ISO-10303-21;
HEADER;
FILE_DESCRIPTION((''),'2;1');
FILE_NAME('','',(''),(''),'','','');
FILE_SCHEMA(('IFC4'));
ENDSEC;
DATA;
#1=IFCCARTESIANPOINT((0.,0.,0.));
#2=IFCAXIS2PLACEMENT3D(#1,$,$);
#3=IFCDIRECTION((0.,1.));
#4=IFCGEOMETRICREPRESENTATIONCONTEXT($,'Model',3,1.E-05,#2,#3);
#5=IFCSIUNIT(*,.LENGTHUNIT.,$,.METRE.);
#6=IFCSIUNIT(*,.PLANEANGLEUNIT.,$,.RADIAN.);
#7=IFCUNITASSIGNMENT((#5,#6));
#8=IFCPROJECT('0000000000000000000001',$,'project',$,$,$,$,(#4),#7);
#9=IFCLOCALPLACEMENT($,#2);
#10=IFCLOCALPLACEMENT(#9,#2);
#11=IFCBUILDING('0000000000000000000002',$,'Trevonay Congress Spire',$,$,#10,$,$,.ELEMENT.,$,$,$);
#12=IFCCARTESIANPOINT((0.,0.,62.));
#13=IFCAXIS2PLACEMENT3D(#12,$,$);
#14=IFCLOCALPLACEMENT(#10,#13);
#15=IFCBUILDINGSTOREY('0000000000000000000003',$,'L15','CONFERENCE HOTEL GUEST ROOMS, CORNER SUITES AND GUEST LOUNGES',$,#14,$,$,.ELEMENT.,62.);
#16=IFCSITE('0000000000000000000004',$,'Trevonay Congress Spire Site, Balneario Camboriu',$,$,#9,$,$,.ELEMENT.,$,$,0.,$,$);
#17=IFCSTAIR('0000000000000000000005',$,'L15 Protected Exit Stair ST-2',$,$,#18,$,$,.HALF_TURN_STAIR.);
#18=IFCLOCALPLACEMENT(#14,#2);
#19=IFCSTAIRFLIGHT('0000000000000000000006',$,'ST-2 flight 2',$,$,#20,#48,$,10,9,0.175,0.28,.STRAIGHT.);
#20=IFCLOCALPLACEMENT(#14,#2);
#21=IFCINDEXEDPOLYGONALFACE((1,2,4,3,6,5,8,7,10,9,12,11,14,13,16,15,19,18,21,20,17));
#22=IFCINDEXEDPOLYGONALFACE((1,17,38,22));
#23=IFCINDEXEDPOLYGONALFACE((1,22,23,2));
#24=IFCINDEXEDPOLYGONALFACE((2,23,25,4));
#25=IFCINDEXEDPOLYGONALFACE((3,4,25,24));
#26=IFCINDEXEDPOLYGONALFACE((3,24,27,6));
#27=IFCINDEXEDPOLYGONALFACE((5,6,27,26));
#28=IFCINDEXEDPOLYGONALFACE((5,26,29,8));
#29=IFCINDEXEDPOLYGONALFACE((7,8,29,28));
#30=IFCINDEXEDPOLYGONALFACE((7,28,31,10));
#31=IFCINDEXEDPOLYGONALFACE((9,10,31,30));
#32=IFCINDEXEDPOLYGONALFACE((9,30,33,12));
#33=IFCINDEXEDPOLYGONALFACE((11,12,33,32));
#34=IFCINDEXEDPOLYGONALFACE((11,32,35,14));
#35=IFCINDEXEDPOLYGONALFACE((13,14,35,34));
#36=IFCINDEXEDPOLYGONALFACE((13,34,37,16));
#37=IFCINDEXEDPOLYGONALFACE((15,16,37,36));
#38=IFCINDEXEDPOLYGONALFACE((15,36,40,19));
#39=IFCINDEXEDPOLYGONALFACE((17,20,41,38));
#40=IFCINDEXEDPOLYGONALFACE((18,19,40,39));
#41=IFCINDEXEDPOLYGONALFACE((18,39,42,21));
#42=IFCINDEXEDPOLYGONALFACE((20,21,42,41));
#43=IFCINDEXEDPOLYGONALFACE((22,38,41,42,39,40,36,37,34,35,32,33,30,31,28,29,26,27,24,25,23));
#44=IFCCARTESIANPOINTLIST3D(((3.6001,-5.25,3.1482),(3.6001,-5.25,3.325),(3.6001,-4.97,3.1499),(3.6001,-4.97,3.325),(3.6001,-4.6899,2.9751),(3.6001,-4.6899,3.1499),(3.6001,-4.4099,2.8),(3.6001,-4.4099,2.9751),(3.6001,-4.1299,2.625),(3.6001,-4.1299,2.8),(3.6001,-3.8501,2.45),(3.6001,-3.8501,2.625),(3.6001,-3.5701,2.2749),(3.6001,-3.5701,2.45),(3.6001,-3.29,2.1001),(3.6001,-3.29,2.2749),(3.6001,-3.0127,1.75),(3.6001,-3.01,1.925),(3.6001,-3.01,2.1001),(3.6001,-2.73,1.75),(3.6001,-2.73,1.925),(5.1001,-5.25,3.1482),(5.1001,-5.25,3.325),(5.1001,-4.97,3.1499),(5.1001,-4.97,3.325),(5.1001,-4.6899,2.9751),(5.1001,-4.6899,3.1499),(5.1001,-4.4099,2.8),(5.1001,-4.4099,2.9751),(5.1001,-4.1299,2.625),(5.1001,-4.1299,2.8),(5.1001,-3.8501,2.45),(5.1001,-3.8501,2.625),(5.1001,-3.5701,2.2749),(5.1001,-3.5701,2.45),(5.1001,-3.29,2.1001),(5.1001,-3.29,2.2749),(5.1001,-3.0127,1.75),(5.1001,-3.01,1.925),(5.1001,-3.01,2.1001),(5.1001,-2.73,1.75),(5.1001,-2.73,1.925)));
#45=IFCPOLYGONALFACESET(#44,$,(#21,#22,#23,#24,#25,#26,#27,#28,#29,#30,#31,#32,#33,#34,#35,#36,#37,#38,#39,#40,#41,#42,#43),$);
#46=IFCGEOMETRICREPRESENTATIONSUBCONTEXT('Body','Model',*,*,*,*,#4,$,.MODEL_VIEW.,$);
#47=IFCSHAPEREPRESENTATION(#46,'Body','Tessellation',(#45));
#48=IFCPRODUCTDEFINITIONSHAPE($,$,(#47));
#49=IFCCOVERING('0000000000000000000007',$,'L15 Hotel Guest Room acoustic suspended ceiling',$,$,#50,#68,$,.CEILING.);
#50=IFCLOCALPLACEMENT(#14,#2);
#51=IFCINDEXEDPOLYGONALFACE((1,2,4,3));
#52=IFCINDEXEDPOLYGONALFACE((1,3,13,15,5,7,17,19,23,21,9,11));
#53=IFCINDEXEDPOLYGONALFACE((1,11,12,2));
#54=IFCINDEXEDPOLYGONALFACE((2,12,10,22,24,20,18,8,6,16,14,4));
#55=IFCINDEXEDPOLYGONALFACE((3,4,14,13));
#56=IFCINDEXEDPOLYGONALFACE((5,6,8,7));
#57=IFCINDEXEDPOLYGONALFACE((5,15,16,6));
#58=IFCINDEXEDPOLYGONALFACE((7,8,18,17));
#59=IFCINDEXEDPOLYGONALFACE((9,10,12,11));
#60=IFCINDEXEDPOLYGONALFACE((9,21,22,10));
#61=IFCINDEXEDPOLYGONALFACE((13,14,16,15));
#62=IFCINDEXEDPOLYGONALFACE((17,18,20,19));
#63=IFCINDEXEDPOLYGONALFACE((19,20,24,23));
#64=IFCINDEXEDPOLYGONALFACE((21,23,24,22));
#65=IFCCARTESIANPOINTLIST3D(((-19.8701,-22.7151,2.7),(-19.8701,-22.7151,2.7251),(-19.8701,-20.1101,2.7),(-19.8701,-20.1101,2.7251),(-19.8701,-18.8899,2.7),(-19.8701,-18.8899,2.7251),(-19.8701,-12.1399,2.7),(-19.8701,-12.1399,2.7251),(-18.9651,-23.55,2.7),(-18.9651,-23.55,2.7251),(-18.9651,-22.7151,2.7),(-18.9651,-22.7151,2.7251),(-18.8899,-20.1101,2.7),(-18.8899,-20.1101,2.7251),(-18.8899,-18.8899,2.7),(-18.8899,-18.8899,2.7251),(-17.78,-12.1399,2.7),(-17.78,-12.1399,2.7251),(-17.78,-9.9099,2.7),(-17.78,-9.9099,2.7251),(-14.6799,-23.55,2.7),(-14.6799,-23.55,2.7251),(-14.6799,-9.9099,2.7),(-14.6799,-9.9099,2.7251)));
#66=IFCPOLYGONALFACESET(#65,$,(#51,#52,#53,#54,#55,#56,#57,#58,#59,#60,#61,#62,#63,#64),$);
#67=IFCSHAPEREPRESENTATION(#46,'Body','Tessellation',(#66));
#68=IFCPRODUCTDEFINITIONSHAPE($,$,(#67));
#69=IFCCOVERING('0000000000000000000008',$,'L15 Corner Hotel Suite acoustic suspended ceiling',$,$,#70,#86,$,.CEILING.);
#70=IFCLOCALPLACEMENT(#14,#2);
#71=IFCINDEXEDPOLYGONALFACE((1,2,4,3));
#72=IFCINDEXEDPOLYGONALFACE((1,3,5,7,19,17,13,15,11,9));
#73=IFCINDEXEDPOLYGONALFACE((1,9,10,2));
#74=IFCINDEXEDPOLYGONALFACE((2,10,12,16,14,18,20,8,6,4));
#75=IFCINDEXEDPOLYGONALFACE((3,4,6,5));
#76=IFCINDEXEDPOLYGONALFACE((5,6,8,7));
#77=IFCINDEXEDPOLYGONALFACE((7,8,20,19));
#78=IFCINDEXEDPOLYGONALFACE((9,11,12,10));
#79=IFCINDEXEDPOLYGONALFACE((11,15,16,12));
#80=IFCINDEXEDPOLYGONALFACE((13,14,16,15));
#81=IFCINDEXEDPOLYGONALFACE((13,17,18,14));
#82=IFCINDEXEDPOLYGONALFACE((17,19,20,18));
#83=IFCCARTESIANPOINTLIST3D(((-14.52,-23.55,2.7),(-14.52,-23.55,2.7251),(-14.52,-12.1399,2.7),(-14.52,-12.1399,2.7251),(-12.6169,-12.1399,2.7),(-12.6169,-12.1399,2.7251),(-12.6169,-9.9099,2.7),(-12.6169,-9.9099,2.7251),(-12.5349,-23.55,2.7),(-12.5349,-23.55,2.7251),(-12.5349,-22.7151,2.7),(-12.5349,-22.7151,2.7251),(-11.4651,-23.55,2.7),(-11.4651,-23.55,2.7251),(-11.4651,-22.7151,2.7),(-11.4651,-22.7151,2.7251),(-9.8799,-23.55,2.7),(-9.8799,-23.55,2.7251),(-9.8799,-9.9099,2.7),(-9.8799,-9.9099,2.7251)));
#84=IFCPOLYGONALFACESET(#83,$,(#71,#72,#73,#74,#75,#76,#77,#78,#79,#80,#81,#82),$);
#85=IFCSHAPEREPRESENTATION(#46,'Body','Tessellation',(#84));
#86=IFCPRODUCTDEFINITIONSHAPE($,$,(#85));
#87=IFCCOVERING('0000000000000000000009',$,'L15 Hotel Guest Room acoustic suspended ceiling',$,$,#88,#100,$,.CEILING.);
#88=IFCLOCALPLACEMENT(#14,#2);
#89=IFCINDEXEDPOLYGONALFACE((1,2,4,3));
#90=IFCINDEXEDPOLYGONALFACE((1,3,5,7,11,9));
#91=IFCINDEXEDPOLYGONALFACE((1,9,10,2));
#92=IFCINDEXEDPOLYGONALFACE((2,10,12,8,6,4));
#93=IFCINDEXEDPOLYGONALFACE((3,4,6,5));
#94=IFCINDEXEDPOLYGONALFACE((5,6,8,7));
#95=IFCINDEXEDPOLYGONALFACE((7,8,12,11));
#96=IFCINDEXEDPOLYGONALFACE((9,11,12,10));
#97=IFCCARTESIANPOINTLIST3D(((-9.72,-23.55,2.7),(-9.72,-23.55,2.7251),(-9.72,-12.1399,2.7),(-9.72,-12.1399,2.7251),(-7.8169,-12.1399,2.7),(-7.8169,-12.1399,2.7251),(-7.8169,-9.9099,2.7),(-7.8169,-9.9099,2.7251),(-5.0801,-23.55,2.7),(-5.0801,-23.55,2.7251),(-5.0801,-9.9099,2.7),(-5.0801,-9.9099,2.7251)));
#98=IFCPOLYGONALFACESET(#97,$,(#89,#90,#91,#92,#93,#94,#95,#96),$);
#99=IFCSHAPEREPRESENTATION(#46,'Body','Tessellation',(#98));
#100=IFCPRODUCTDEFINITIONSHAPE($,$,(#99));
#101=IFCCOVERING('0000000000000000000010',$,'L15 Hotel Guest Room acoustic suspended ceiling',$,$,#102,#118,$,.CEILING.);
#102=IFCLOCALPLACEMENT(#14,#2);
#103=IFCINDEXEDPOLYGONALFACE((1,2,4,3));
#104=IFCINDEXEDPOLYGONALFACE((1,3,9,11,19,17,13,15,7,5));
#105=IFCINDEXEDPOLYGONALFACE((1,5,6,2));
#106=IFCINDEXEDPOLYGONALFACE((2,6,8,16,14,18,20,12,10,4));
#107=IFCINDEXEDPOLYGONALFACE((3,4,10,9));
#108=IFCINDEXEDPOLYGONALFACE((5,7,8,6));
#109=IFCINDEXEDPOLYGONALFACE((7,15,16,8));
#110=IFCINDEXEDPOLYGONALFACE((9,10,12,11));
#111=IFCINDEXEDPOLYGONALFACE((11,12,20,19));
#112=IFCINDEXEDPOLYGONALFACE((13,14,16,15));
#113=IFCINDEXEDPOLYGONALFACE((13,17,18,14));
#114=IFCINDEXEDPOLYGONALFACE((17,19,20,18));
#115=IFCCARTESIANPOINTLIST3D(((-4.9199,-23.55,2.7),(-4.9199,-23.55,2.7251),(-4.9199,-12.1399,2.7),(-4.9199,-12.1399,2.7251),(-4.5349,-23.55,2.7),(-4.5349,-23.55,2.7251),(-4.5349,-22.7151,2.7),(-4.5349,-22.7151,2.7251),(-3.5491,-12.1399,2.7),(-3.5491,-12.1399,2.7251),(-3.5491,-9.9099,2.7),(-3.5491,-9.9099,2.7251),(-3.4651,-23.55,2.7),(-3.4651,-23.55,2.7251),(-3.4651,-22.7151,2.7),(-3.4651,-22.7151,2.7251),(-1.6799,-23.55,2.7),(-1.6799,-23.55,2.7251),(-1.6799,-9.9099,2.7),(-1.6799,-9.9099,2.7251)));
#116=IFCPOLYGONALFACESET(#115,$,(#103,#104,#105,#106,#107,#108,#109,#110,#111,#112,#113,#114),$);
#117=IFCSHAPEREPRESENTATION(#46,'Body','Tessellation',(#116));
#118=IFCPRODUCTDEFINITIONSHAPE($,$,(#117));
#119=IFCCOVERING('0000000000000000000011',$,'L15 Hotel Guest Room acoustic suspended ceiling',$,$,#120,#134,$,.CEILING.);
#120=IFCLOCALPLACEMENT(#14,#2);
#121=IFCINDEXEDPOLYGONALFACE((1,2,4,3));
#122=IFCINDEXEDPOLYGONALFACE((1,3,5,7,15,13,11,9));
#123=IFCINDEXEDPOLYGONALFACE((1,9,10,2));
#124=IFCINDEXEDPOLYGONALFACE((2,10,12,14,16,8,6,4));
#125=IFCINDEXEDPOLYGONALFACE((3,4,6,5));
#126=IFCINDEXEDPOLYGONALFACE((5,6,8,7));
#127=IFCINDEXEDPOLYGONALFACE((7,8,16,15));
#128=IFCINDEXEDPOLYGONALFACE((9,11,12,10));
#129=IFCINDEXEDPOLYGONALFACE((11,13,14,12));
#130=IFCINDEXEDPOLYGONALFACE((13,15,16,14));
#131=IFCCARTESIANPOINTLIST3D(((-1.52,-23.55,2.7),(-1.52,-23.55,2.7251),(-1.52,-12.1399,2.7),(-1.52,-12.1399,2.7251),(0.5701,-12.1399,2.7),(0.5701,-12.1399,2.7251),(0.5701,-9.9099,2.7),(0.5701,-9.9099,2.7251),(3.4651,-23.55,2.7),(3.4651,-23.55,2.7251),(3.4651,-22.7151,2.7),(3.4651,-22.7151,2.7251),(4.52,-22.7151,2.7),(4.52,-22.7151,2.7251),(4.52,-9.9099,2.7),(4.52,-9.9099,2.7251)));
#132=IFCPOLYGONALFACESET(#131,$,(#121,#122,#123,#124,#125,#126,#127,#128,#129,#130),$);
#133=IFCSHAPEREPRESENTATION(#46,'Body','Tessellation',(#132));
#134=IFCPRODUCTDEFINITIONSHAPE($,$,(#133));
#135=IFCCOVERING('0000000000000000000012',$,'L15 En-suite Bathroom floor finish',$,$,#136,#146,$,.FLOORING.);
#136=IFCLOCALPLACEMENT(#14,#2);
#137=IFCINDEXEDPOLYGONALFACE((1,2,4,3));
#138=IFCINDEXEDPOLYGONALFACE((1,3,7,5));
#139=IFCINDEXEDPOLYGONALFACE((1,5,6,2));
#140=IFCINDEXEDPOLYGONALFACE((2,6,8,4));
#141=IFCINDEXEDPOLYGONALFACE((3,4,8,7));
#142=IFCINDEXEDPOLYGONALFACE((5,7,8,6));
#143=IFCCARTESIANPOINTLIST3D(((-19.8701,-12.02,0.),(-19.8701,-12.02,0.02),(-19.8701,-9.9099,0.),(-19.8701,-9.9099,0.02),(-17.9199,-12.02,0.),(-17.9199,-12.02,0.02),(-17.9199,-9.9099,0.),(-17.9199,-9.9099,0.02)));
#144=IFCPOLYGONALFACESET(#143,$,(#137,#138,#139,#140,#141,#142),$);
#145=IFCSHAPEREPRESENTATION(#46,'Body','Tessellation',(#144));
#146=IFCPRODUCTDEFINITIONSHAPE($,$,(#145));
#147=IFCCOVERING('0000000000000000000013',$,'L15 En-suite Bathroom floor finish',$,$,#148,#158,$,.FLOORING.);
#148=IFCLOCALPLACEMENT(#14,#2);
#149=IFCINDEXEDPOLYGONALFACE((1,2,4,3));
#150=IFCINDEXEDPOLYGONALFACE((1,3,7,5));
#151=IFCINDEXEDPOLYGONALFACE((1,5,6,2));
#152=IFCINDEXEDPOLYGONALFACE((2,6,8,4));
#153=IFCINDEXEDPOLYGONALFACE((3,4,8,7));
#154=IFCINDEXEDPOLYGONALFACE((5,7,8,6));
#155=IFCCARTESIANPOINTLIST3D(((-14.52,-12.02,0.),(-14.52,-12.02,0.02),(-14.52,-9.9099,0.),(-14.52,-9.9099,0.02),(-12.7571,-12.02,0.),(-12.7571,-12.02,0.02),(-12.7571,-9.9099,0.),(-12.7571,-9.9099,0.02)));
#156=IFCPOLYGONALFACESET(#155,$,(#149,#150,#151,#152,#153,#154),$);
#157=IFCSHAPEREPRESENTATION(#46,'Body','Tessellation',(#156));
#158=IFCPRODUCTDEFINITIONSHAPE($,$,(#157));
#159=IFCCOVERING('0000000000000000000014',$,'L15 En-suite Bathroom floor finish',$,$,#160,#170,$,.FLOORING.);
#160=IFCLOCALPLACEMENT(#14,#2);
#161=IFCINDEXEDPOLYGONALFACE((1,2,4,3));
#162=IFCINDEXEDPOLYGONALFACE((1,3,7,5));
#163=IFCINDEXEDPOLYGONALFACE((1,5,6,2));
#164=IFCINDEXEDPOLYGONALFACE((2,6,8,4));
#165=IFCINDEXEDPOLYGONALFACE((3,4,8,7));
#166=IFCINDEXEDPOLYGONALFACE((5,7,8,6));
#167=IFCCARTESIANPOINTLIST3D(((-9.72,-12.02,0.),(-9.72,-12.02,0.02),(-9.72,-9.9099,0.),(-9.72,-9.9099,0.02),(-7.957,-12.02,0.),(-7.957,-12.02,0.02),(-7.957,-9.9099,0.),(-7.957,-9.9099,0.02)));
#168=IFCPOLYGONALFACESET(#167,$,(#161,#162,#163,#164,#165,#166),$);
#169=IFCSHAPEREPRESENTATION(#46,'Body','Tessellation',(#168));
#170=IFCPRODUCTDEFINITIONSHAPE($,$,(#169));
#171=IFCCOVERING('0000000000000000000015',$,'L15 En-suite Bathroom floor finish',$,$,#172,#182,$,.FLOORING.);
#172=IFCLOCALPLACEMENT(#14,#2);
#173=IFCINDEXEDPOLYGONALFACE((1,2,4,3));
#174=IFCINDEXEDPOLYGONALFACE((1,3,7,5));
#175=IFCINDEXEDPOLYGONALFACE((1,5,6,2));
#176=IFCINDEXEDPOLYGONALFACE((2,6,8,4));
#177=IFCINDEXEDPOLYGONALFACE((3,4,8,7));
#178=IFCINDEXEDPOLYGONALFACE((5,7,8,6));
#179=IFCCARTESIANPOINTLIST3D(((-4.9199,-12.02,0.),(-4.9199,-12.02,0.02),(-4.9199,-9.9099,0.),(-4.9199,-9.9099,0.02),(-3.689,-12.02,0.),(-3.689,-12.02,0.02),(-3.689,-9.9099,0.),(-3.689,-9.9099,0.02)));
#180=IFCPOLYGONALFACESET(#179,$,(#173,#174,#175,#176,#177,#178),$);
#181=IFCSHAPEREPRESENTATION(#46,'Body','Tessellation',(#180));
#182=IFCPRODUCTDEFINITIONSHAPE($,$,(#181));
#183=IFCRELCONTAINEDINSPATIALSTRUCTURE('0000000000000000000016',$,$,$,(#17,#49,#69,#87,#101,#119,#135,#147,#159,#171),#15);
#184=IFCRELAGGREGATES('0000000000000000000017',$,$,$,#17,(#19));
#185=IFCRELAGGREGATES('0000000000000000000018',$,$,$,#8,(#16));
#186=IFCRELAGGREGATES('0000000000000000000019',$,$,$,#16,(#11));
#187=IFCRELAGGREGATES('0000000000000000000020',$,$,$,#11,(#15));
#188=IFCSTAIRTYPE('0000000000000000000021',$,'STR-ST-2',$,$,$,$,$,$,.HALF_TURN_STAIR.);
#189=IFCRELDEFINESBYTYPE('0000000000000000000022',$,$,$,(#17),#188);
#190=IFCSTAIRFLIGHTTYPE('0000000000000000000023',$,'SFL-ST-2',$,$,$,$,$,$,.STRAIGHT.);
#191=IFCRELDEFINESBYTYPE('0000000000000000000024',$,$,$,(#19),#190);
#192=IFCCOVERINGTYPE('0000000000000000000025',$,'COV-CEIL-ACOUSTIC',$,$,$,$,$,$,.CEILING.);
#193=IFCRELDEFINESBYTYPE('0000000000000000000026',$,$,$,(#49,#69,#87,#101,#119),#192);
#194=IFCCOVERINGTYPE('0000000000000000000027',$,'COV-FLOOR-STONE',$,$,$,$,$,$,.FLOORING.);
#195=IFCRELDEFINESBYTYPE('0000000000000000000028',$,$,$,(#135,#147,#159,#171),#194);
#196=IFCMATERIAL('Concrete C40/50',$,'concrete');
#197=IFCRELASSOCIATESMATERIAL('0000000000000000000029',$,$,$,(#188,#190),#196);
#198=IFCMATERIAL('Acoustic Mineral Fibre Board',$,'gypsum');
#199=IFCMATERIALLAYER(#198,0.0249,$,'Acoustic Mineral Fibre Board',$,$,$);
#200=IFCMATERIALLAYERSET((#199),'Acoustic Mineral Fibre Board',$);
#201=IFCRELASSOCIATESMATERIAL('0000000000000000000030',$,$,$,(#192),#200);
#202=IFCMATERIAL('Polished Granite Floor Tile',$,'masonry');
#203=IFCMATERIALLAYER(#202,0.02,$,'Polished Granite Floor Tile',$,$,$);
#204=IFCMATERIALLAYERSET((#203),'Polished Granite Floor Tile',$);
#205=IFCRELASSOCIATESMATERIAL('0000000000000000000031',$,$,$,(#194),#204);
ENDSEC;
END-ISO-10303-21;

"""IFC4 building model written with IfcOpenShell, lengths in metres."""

from ifc_helpers import new_model, si_unit, direction, frame, origin, place, context, subcontext, project, spatial, polyline, outline, extrude, material, layer, layer_set, type_object, element, aggregate, save


model = new_model("IFC4")

# Units and contexts
model_context = context("Model", 3, precision=1e-05, world=origin(), true_north=direction((0.0, 1.0)))
body_context = subcontext(model_context, "Body", "Model", "MODEL_VIEW")
ifc_project = project(units=[si_unit("LENGTHUNIT", "METRE"), si_unit("PLANEANGLEUNIT", "RADIAN")], contexts=[model_context])

# Site, building, storey
site_placement = place(None, origin())
site = spatial("IfcSite", under=ifc_project, at=site_placement, Name="Trevonay Congress Spire Site, Balneario Camboriu", CompositionType="ELEMENT", RefElevation=0.0)
building_placement = place(site_placement, origin())
building = spatial("IfcBuilding", under=site, at=building_placement, Name="Trevonay Congress Spire", CompositionType="ELEMENT")
storey_placement = place(building_placement, frame((0.0, 0.0, 62.0)))
storey = spatial("IfcBuildingStorey", under=building, at=storey_placement, Name="L15", Description="CONFERENCE HOTEL GUEST ROOMS, CORNER SUITES AND GUEST LOUNGES", CompositionType="ELEMENT", Elevation=62.0)

# Shared definitions
ifc_material_1 = material(Name="Concrete C40/50", Category="concrete")

# Stair, stair flight
stair_type = type_object("IfcStairType", Name="STR-ST-2", PredefinedType="HALF_TURN_STAIR", material=ifc_material_1)
stair_placement = place(storey_placement, origin())
stair = element("IfcStair", 1, at=stair_placement, inside=storey, type_object=stair_type, Name="L15 Protected Exit Stair ST-2", PredefinedType="HALF_TURN_STAIR")
stair_flight_type = type_object("IfcStairFlightType", Name="SFL-ST-2", PredefinedType="STRAIGHT", material=ifc_material_1)
stair_flight_1_placement = place(storey_placement, frame((4.3501, -2.73, 1.75), z_axis=(0.0, 0.0, 1.0), x_axis=(0.0, -1.0, 0.0)))
stair_flight_1 = element("IfcStairFlight", 2, at=stair_flight_1_placement, type_object=stair_flight_type, Name="ST-2 flight 2", NumberOfRisers=10, NumberOfTreads=9, PredefinedType="STRAIGHT", RiserHeight=0.175, TreadLength=0.28, context=body_context, shape_type="SweptSolid", body=[
    extrude(outline(polyline([(0.0, 0.0), (0.0, 0.175), (0.28, 0.175), (0.28, 0.3501), (0.5601, 0.3501), (0.5601, 0.5249), (0.8401, 0.5249), (0.8401, 0.7), (1.1201, 0.7), (1.1201, 0.875), (1.3999, 0.875), (1.3999, 1.05), (1.6799, 1.05), (1.6799, 1.2251), (1.96, 1.2251), (1.96, 1.3999), (2.24, 1.3999), (2.24, 1.575), (2.52, 1.575), (2.52, 1.75), (2.52, 1.3982), (0.2827, 0.0), (0.0, 0.0)])), frame((0.0, 0.75, 0.0), z_axis=(0.0, -1.0, 0.0), x_axis=(1.0, 0.0, 0.0)), (0.0, 0.0, 1.0), 1.5),
])
aggregate(stair, [stair_flight_1])

# Coverings
ifc_material_2 = material(Name="Acoustic Mineral Fibre Board", Category="gypsum")
ifc_layer_1 = layer(ifc_material_2, 0.0249, Name="Acoustic Mineral Fibre Board")
ifc_layer_set_1 = layer_set([ifc_layer_1], Name="Acoustic Mineral Fibre Board")
covering_type_1 = type_object("IfcCoveringType", Name="COV-CEIL-ACOUSTIC", PredefinedType="CEILING", material=ifc_layer_set_1)
covering_1_placement = place(storey_placement, frame((0.0, 0.0, 2.7)))
element("IfcCovering", 3, at=covering_1_placement, inside=storey, type_object=covering_type_1, Name="L15 Hotel Guest Room acoustic suspended ceiling", PredefinedType="CEILING", context=body_context, shape_type="SweptSolid", body=[
    extrude(outline(polyline([(-19.8701, -12.1399), (-17.78, -12.1399), (-17.78, -9.9099), (-14.6799, -9.9099), (-14.6799, -23.55), (-18.9651, -23.55), (-18.9651, -22.7151), (-19.8701, -22.7151), (-19.8701, -20.1101), (-18.8899, -20.1101), (-18.8899, -18.8899), (-19.8701, -18.8899), (-19.8701, -12.1399)])), origin(), (0.0, 0.0, 1.0), 0.0251),
])
covering_2_placement = place(storey_placement, frame((0.0, 0.0, 2.7)))
element("IfcCovering", 4, at=covering_2_placement, inside=storey, type_object=covering_type_1, Name="L15 Corner Hotel Suite acoustic suspended ceiling", PredefinedType="CEILING", context=body_context, shape_type="SweptSolid", body=[
    extrude(outline(polyline([(-14.52, -23.55), (-14.52, -12.1399), (-12.6169, -12.1399), (-12.6169, -9.9099), (-9.8799, -9.9099), (-9.8799, -23.55), (-11.4651, -23.55), (-11.4651, -22.7151), (-12.5349, -22.7151), (-12.5349, -23.55), (-14.52, -23.55)])), origin(), (0.0, 0.0, 1.0), 0.0251),
])
covering_3_placement = place(storey_placement, frame((0.0, 0.0, 2.7)))
element("IfcCovering", 5, at=covering_3_placement, inside=storey, type_object=covering_type_1, Name="L15 Hotel Guest Room acoustic suspended ceiling", PredefinedType="CEILING", context=body_context, shape_type="SweptSolid", body=[
    extrude(outline(polyline([(-9.72, -23.55), (-5.0801, -23.55), (-5.0801, -9.9099), (-7.8169, -9.9099), (-7.8169, -12.1399), (-9.72, -12.1399), (-9.72, -23.55)])), origin(), (0.0, 0.0, 1.0), 0.0251),
])
covering_4_placement = place(storey_placement, frame((0.0, 0.0, 2.7)))
element("IfcCovering", 6, at=covering_4_placement, inside=storey, type_object=covering_type_1, Name="L15 Hotel Guest Room acoustic suspended ceiling", PredefinedType="CEILING", context=body_context, shape_type="SweptSolid", body=[
    extrude(outline(polyline([(-4.9199, -23.55), (-4.9199, -12.1399), (-3.5491, -12.1399), (-3.5491, -9.9099), (-1.6799, -9.9099), (-1.6799, -23.55), (-3.4651, -23.55), (-3.4651, -22.7151), (-4.5349, -22.7151), (-4.5349, -23.55), (-4.9199, -23.55)])), origin(), (0.0, 0.0, 1.0), 0.0251),
])
covering_5_placement = place(storey_placement, frame((0.0, 0.0, 2.7)))
element("IfcCovering", 7, at=covering_5_placement, inside=storey, type_object=covering_type_1, Name="L15 Hotel Guest Room acoustic suspended ceiling", PredefinedType="CEILING", context=body_context, shape_type="SweptSolid", body=[
    extrude(outline(polyline([(-1.52, -23.55), (-1.52, -12.1399), (0.5701, -12.1399), (0.5701, -9.9099), (4.52, -9.9099), (4.52, -22.7151), (3.4651, -22.7151), (3.4651, -23.55), (-1.52, -23.55)])), origin(), (0.0, 0.0, 1.0), 0.0251),
])
ifc_material_3 = material(Name="Polished Granite Floor Tile", Category="masonry")
ifc_layer_2 = layer(ifc_material_3, 0.02, Name="Polished Granite Floor Tile")
ifc_layer_set_2 = layer_set([ifc_layer_2], Name="Polished Granite Floor Tile")
covering_type_2 = type_object("IfcCoveringType", Name="COV-FLOOR-STONE", PredefinedType="FLOORING", material=ifc_layer_set_2)
covering_6_placement = place(storey_placement, origin())
element("IfcCovering", 8, at=covering_6_placement, inside=storey, type_object=covering_type_2, Name="L15 En-suite Bathroom floor finish", PredefinedType="FLOORING", context=body_context, shape_type="SweptSolid", body=[
    extrude(outline(polyline([(-19.8701, -12.02), (-17.9199, -12.02), (-17.9199, -9.9099), (-19.8701, -9.9099), (-19.8701, -12.02)])), origin(), (0.0, 0.0, 1.0), 0.02),
])
covering_7_placement = place(storey_placement, origin())
element("IfcCovering", 9, at=covering_7_placement, inside=storey, type_object=covering_type_2, Name="L15 En-suite Bathroom floor finish", PredefinedType="FLOORING", context=body_context, shape_type="SweptSolid", body=[
    extrude(outline(polyline([(-14.52, -12.02), (-12.7571, -12.02), (-12.7571, -9.9099), (-14.52, -9.9099), (-14.52, -12.02)])), origin(), (0.0, 0.0, 1.0), 0.02),
])
covering_8_placement = place(storey_placement, origin())
element("IfcCovering", 10, at=covering_8_placement, inside=storey, type_object=covering_type_2, Name="L15 En-suite Bathroom floor finish", PredefinedType="FLOORING", context=body_context, shape_type="SweptSolid", body=[
    extrude(outline(polyline([(-9.72, -12.02), (-7.957, -12.02), (-7.957, -9.9099), (-9.72, -9.9099), (-9.72, -12.02)])), origin(), (0.0, 0.0, 1.0), 0.02),
])
covering_9_placement = place(storey_placement, origin())
element("IfcCovering", 11, at=covering_9_placement, inside=storey, type_object=covering_type_2, Name="L15 En-suite Bathroom floor finish", PredefinedType="FLOORING", context=body_context, shape_type="SweptSolid", body=[
    extrude(outline(polyline([(-4.9199, -12.02), (-3.689, -12.02), (-3.689, -9.9099), (-4.9199, -9.9099), (-4.9199, -12.02)])), origin(), (0.0, 0.0, 1.0), 0.02),
])

save(model, "model.ifc")
